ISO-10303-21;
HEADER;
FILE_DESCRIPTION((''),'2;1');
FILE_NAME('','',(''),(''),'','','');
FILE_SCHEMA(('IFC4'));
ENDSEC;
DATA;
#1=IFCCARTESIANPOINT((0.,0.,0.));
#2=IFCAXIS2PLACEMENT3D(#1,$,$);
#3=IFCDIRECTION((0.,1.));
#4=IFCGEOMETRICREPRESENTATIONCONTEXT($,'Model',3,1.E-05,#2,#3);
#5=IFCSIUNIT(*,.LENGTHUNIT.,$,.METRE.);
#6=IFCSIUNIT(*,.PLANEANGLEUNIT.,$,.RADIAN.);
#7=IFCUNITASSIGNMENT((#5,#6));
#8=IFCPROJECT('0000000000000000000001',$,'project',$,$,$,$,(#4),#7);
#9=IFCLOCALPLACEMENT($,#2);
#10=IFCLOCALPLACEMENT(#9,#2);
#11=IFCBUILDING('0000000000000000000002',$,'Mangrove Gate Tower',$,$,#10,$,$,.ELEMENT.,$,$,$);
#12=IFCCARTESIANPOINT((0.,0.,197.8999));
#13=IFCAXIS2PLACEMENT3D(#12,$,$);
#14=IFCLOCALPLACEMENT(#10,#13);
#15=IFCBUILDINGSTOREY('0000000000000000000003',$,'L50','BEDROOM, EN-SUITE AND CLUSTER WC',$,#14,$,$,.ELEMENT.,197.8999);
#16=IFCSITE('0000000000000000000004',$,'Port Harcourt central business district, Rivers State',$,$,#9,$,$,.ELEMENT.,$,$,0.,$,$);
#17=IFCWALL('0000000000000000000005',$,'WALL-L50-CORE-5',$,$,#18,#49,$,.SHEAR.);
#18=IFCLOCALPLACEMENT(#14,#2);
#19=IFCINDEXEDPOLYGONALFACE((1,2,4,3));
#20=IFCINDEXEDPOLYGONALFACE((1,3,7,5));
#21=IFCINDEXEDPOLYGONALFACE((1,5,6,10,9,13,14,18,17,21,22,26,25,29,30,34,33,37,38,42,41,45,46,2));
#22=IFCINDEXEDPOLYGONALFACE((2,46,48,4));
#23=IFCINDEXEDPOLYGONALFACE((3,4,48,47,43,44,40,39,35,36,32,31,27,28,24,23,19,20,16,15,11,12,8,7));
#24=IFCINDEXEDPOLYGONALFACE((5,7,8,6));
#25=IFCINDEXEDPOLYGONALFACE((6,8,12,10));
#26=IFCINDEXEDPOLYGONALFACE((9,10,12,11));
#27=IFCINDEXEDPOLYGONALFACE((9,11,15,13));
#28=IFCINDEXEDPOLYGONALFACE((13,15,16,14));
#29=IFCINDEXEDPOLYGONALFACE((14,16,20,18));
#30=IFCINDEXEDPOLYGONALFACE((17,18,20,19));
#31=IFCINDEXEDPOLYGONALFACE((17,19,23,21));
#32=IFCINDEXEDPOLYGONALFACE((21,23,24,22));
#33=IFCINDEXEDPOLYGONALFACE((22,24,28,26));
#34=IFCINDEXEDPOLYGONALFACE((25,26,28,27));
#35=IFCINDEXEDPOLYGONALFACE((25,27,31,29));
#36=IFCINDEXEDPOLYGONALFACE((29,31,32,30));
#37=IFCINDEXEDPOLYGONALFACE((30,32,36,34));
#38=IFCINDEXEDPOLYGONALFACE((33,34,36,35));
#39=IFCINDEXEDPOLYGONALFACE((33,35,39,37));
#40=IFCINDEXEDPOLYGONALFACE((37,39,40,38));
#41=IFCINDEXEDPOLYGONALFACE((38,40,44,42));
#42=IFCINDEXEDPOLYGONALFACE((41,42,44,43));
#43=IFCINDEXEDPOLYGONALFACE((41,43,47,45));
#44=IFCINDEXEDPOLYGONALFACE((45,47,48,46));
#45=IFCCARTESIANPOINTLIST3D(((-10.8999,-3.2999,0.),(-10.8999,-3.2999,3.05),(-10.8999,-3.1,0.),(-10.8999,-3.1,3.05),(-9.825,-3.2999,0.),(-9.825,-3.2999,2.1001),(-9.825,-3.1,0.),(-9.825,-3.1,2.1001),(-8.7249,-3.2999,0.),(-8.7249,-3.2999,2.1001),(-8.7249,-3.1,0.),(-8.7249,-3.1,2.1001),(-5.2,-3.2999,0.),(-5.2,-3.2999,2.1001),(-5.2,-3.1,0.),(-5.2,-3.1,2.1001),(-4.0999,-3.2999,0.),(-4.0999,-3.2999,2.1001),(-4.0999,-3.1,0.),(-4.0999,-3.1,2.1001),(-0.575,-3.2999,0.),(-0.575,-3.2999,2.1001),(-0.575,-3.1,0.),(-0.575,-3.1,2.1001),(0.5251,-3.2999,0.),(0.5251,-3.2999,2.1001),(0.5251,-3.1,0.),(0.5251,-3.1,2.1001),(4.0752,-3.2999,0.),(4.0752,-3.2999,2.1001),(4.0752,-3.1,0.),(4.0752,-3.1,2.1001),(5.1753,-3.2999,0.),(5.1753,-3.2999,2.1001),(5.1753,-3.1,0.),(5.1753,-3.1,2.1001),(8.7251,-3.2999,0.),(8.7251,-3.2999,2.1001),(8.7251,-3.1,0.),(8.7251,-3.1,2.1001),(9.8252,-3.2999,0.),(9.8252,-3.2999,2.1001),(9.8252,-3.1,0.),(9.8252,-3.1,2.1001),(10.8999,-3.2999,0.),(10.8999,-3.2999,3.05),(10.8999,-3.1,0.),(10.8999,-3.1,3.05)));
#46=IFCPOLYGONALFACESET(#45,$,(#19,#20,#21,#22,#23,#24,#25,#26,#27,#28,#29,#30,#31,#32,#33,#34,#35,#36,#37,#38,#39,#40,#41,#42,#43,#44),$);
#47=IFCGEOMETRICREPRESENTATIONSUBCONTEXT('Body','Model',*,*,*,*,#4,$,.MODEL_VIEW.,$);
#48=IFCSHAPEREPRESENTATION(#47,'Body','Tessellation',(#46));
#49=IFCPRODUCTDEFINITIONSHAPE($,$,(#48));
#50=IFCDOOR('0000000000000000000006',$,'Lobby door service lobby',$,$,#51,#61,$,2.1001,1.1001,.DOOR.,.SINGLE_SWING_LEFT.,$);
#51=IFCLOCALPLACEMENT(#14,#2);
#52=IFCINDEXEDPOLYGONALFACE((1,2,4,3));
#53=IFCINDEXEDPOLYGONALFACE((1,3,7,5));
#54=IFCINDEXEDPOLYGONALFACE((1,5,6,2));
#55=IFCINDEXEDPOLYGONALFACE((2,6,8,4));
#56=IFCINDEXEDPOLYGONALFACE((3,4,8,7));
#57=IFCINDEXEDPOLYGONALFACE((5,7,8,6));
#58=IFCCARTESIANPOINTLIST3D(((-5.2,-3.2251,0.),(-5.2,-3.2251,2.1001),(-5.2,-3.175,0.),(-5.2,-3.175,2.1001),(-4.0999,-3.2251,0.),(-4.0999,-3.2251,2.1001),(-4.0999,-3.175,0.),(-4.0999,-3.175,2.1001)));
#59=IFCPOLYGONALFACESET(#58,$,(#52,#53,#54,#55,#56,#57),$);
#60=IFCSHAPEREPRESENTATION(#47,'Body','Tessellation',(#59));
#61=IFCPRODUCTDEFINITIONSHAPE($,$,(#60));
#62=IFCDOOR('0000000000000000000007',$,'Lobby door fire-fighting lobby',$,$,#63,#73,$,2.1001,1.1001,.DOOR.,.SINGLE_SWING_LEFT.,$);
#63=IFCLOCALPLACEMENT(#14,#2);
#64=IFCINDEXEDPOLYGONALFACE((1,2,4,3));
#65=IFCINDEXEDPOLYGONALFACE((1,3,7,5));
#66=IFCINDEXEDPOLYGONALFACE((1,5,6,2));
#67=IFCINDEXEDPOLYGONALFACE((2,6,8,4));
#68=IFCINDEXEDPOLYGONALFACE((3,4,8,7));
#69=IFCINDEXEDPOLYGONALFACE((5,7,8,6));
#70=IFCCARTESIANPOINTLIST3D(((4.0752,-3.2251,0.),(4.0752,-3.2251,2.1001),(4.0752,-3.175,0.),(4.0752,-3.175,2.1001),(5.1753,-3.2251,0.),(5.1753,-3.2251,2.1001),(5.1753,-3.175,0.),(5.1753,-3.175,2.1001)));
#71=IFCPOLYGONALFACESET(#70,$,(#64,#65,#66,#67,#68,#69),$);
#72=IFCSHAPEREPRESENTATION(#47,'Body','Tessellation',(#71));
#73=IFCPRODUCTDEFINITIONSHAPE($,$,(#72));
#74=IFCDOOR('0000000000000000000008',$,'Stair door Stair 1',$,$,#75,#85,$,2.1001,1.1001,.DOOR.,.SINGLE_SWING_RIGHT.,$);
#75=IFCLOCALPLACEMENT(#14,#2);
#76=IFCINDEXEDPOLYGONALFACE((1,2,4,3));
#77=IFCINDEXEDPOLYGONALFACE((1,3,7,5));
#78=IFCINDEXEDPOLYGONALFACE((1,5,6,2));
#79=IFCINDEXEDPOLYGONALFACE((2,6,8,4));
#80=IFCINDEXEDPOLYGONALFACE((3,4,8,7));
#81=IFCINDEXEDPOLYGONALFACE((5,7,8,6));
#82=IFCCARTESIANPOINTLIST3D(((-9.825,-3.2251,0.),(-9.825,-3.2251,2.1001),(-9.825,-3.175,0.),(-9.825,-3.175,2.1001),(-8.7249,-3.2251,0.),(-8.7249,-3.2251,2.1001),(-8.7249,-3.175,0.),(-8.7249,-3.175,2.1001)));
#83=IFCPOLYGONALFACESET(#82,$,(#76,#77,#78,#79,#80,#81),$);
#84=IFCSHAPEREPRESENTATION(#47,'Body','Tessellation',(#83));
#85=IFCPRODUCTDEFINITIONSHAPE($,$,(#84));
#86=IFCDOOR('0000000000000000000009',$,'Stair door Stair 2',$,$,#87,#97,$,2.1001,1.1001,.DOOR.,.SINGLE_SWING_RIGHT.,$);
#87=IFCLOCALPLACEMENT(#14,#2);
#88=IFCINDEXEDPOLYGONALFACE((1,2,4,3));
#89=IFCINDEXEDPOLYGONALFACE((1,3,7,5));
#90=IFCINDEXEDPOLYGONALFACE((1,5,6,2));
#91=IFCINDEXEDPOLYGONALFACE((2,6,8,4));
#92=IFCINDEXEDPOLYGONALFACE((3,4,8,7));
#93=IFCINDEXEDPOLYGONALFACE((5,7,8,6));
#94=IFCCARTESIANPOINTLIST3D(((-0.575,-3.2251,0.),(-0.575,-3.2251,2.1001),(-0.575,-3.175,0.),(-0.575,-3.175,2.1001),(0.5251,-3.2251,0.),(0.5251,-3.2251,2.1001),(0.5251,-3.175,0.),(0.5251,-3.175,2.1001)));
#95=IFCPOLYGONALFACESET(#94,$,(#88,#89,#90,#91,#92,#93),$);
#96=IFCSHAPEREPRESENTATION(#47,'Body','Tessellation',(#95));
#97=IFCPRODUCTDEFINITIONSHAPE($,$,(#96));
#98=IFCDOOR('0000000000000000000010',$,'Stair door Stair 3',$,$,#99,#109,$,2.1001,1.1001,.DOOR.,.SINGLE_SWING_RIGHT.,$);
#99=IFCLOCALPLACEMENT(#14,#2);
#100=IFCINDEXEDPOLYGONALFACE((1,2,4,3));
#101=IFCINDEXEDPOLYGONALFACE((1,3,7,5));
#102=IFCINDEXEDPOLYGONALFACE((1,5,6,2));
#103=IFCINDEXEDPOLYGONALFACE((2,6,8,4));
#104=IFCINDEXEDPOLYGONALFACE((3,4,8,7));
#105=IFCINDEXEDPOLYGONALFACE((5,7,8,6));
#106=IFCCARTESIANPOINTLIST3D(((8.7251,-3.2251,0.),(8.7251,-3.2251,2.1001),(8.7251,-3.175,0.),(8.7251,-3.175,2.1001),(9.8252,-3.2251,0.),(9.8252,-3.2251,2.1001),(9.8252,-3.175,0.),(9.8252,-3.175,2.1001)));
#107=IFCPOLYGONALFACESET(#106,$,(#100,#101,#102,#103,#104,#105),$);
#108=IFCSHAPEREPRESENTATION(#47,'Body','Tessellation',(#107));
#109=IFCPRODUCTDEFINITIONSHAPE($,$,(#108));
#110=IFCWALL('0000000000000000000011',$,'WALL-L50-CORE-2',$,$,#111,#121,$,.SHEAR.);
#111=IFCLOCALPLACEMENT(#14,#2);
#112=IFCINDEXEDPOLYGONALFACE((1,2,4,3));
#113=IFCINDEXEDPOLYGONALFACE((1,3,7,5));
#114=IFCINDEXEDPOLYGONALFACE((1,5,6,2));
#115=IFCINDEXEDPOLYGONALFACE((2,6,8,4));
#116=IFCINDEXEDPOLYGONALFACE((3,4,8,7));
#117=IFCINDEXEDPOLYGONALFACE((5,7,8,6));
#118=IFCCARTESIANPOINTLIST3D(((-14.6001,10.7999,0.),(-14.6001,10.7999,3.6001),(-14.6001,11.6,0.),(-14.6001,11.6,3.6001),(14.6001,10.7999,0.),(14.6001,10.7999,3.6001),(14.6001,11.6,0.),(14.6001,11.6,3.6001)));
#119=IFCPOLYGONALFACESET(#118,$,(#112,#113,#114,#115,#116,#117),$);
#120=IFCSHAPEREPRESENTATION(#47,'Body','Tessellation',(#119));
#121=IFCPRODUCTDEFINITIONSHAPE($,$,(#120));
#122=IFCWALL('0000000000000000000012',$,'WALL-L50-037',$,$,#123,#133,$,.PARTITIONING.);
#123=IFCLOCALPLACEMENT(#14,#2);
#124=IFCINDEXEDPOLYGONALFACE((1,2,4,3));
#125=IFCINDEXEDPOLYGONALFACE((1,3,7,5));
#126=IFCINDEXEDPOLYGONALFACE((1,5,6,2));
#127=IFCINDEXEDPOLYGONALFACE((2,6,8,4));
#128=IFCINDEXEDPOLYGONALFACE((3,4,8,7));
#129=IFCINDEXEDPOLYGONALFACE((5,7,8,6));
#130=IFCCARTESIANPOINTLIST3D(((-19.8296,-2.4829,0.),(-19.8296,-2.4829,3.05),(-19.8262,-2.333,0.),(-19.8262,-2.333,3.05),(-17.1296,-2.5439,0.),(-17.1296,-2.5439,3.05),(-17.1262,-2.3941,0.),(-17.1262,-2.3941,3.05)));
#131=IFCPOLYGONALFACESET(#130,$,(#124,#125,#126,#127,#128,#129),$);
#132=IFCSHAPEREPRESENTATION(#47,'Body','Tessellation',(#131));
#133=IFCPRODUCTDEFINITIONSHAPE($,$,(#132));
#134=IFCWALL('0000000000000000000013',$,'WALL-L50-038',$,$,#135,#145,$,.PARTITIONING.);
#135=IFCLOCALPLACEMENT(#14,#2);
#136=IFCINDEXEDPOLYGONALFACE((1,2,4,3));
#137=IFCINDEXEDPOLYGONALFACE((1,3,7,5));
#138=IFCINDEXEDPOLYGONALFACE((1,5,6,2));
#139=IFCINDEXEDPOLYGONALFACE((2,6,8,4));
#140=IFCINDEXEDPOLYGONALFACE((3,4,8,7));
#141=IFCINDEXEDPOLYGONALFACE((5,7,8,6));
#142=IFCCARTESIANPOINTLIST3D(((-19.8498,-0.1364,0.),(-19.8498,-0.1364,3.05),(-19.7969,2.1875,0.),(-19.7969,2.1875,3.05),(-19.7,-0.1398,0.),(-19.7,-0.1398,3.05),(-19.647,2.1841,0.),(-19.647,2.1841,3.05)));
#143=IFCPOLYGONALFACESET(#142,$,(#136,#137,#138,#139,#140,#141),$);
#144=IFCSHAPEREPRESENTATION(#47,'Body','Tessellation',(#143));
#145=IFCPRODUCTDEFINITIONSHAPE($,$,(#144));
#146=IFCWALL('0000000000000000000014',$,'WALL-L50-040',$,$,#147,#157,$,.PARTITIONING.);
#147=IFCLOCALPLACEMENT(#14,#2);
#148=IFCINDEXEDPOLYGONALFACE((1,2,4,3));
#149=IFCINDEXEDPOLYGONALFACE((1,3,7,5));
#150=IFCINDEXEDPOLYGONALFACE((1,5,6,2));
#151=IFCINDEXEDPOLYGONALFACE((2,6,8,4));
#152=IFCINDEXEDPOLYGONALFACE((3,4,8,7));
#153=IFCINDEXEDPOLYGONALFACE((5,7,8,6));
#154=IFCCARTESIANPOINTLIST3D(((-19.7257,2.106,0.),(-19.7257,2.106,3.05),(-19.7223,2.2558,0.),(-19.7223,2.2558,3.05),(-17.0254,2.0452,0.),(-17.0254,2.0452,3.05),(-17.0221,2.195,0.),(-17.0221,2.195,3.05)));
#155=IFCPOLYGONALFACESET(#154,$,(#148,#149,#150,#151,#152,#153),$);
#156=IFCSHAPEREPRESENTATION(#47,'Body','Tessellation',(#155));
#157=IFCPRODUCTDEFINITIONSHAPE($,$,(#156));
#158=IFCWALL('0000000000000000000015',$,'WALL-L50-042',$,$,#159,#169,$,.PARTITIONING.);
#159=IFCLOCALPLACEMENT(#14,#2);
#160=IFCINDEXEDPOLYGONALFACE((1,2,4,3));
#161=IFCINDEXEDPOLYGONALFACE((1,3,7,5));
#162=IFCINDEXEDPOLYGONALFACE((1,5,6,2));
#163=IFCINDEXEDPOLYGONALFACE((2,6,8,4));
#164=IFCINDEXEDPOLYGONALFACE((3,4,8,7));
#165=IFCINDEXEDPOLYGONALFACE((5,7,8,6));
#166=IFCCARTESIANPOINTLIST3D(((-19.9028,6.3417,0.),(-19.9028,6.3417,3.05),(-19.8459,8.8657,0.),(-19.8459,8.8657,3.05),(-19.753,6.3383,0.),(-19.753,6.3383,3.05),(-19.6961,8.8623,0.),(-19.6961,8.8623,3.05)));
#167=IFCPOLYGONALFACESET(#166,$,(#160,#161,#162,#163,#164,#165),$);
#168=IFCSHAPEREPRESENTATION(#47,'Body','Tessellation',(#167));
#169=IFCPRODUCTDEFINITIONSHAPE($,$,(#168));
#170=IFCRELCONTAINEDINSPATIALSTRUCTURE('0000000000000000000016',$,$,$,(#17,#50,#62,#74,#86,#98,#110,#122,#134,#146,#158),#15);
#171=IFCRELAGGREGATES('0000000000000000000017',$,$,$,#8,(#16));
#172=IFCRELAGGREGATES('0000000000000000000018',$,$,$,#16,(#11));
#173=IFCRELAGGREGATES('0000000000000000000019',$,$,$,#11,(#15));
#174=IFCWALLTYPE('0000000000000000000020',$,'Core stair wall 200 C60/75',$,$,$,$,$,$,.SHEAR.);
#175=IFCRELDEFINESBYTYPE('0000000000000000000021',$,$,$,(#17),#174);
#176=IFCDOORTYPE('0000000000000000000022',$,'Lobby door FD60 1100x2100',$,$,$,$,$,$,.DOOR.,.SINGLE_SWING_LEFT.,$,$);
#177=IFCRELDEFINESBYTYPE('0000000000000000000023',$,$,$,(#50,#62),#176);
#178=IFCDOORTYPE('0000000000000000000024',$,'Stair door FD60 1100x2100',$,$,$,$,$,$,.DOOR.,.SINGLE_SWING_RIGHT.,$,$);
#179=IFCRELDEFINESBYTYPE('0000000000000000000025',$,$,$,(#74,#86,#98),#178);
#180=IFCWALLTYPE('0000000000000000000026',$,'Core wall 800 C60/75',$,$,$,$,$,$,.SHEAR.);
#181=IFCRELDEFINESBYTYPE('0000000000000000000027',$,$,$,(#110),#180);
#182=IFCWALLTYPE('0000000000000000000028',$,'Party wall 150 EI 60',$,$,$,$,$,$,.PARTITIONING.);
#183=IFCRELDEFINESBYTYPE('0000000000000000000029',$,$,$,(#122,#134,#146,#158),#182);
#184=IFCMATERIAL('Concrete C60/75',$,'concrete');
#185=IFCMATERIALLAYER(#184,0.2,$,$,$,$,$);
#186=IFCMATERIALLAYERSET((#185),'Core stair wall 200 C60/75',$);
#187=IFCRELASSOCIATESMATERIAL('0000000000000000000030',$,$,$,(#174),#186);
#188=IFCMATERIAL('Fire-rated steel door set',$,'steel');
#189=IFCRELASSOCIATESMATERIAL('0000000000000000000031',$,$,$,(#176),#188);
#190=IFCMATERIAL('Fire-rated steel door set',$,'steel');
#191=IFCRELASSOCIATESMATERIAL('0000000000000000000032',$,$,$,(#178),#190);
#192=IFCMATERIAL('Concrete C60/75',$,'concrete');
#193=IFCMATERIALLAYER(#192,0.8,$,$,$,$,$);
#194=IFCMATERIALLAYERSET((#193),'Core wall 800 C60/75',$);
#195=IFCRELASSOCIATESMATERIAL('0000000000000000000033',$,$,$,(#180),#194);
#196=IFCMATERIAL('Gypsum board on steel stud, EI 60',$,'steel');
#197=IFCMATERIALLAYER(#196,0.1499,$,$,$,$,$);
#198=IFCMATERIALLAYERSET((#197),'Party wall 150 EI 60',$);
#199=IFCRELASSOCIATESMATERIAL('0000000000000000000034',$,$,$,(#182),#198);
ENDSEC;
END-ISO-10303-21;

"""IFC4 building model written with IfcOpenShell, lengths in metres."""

from ifc_helpers import new_model, si_unit, direction, frame, frame_2d, origin, place, context, subcontext, project, spatial, rectangle, extrude, material, layer, layer_set, type_object, element, fill, save


model = new_model("IFC4")

# Units and contexts
model_context = context("Model", 3, precision=1e-05, world=origin(), true_north=direction((0.0, 1.0)))
body_context = subcontext(model_context, "Body", "Model", "MODEL_VIEW")
ifc_project = project(units=[si_unit("LENGTHUNIT", "METRE"), si_unit("PLANEANGLEUNIT", "RADIAN")], contexts=[model_context])

# Site, building, storey
site_placement = place(None, origin())
site = spatial("IfcSite", under=ifc_project, at=site_placement, Name="Port Harcourt central business district, Rivers State", CompositionType="ELEMENT", RefElevation=0.0)
building_placement = place(site_placement, origin())
building = spatial("IfcBuilding", under=site, at=building_placement, Name="Mangrove Gate Tower", CompositionType="ELEMENT")
storey_placement = place(building_placement, frame((0.0, 0.0, 197.8999)))
storey = spatial("IfcBuildingStorey", under=building, at=storey_placement, Name="L50", Description="BEDROOM, EN-SUITE AND CLUSTER WC", CompositionType="ELEMENT", Elevation=197.8999)

# Wall, openings, doors
ifc_material_1 = material(Name="Concrete C60/75", Category="concrete")
ifc_layer_1 = layer(ifc_material_1, 0.2)
ifc_layer_set_1 = layer_set([ifc_layer_1], Name="Core stair wall 200 C60/75")
wall_type_1 = type_object("IfcWallType", Name="Core stair wall 200 C60/75", PredefinedType="SHEAR", material=ifc_layer_set_1)
wall_1_placement = place(storey_placement, frame((-10.8999, -3.2, 0.0), z_axis=(0.0, 0.0, 1.0), x_axis=(1.0, 0.0, 0.0)))
wall_1 = element("IfcWall", 1, at=wall_1_placement, inside=storey, type_object=wall_type_1, Name="WALL-L50-CORE-5", PredefinedType="SHEAR", context=body_context, shape_type="SweptSolid", body=[
    extrude(rectangle(XDim=21.7998, YDim=0.2, at=frame_2d((10.8999, 0.0))), origin(), (0.0, 0.0, 1.0), 3.05),
])
opening_1_placement = place(wall_1_placement, frame((1.075, 0.0, 0.0)))
opening_1 = element("IfcOpeningElement", 2, at=opening_1_placement, cuts=wall_1, PredefinedType="OPENING", context=body_context, shape_type="SweptSolid", body=[
    extrude(rectangle(XDim=1.1001, YDim=2.1001, at=frame_2d((0.55, 1.05))), frame((0.0, 0.1099, 0.0), z_axis=(0.0, -1.0, 0.0), x_axis=(1.0, 0.0, 0.0)), (0.0, 0.0, 1.0), 0.22),
])
opening_2_placement = place(wall_1_placement, frame((10.325, 0.0, 0.0)))
opening_2 = element("IfcOpeningElement", 3, at=opening_2_placement, cuts=wall_1, PredefinedType="OPENING", context=body_context, shape_type="SweptSolid", body=[
    extrude(rectangle(XDim=1.1001, YDim=2.1001, at=frame_2d((0.55, 1.05))), frame((0.0, 0.1099, 0.0), z_axis=(0.0, -1.0, 0.0), x_axis=(1.0, 0.0, 0.0)), (0.0, 0.0, 1.0), 0.22),
])
opening_3_placement = place(wall_1_placement, frame((19.625, 0.0, 0.0)))
opening_3 = element("IfcOpeningElement", 4, at=opening_3_placement, cuts=wall_1, PredefinedType="OPENING", context=body_context, shape_type="SweptSolid", body=[
    extrude(rectangle(XDim=1.1001, YDim=2.1001, at=frame_2d((0.55, 1.05))), frame((0.0, 0.1099, 0.0), z_axis=(0.0, -1.0, 0.0), x_axis=(1.0, 0.0, 0.0)), (0.0, 0.0, 1.0), 0.22),
])
opening_4_placement = place(wall_1_placement, frame((5.7, 0.0, 0.0)))
opening_4 = element("IfcOpeningElement", 5, at=opening_4_placement, cuts=wall_1, PredefinedType="OPENING", context=body_context, shape_type="SweptSolid", body=[
    extrude(rectangle(XDim=1.1001, YDim=2.1001, at=frame_2d((0.55, 1.05))), frame((0.0, 0.1099, 0.0), z_axis=(0.0, -1.0, 0.0), x_axis=(1.0, 0.0, 0.0)), (0.0, 0.0, 1.0), 0.22),
])
opening_5_placement = place(wall_1_placement, frame((14.9751, 0.0, 0.0)))
opening_5 = element("IfcOpeningElement", 6, at=opening_5_placement, cuts=wall_1, PredefinedType="OPENING", context=body_context, shape_type="SweptSolid", body=[
    extrude(rectangle(XDim=1.1001, YDim=2.1001, at=frame_2d((0.55, 1.05))), frame((0.0, 0.1099, 0.0), z_axis=(0.0, -1.0, 0.0), x_axis=(1.0, 0.0, 0.0)), (0.0, 0.0, 1.0), 0.22),
])
ifc_material_2 = material(Name="Fire-rated steel door set", Category="steel")
door_type_1 = type_object("IfcDoorType", Name="Lobby door FD60 1100x2100", OperationType="SINGLE_SWING_LEFT", PredefinedType="DOOR", material=ifc_material_2)
door_1_placement = place(opening_4_placement, origin())
door_1 = element("IfcDoor", 7, at=door_1_placement, inside=storey, type_object=door_type_1, Name="Lobby door service lobby", OperationType="SINGLE_SWING_LEFT", OverallHeight=2.1001, OverallWidth=1.1001, PredefinedType="DOOR", context=body_context, shape_type="SweptSolid", body=[
    extrude(rectangle(XDim=1.1001, YDim=2.1001, at=frame_2d((0.55, 1.05))), frame((0.0, 0.0249, 0.0), z_axis=(0.0, -1.0, 0.0), x_axis=(1.0, 0.0, 0.0)), (0.0, 0.0, 1.0), 0.05),
])
fill(opening_4, door_1)
door_2_placement = place(opening_5_placement, origin())
door_2 = element("IfcDoor", 8, at=door_2_placement, inside=storey, type_object=door_type_1, Name="Lobby door fire-fighting lobby", OperationType="SINGLE_SWING_LEFT", OverallHeight=2.1001, OverallWidth=1.1001, PredefinedType="DOOR", context=body_context, shape_type="SweptSolid", body=[
    extrude(rectangle(XDim=1.1001, YDim=2.1001, at=frame_2d((0.55, 1.05))), frame((0.0, 0.0249, 0.0), z_axis=(0.0, -1.0, 0.0), x_axis=(1.0, 0.0, 0.0)), (0.0, 0.0, 1.0), 0.05),
])
fill(opening_5, door_2)
ifc_material_3 = material(Name="Fire-rated steel door set", Category="steel")
door_type_2 = type_object("IfcDoorType", Name="Stair door FD60 1100x2100", OperationType="SINGLE_SWING_RIGHT", PredefinedType="DOOR", material=ifc_material_3)
door_3_placement = place(opening_1_placement, origin())
door_3 = element("IfcDoor", 9, at=door_3_placement, inside=storey, type_object=door_type_2, Name="Stair door Stair 1", OperationType="SINGLE_SWING_RIGHT", OverallHeight=2.1001, OverallWidth=1.1001, PredefinedType="DOOR", context=body_context, shape_type="SweptSolid", body=[
    extrude(rectangle(XDim=1.1001, YDim=2.1001, at=frame_2d((0.55, 1.05))), frame((0.0, 0.0249, 0.0), z_axis=(0.0, -1.0, 0.0), x_axis=(1.0, 0.0, 0.0)), (0.0, 0.0, 1.0), 0.05),
])
fill(opening_1, door_3)
door_4_placement = place(opening_2_placement, origin())
door_4 = element("IfcDoor", 10, at=door_4_placement, inside=storey, type_object=door_type_2, Name="Stair door Stair 2", OperationType="SINGLE_SWING_RIGHT", OverallHeight=2.1001, OverallWidth=1.1001, PredefinedType="DOOR", context=body_context, shape_type="SweptSolid", body=[
    extrude(rectangle(XDim=1.1001, YDim=2.1001, at=frame_2d((0.55, 1.05))), frame((0.0, 0.0249, 0.0), z_axis=(0.0, -1.0, 0.0), x_axis=(1.0, 0.0, 0.0)), (0.0, 0.0, 1.0), 0.05),
])
fill(opening_2, door_4)
door_5_placement = place(opening_3_placement, origin())
door_5 = element("IfcDoor", 11, at=door_5_placement, inside=storey, type_object=door_type_2, Name="Stair door Stair 3", OperationType="SINGLE_SWING_RIGHT", OverallHeight=2.1001, OverallWidth=1.1001, PredefinedType="DOOR", context=body_context, shape_type="SweptSolid", body=[
    extrude(rectangle(XDim=1.1001, YDim=2.1001, at=frame_2d((0.55, 1.05))), frame((0.0, 0.0249, 0.0), z_axis=(0.0, -1.0, 0.0), x_axis=(1.0, 0.0, 0.0)), (0.0, 0.0, 1.0), 0.05),
])
fill(opening_3, door_5)

# Walls
ifc_material_4 = material(Name="Concrete C60/75", Category="concrete")
ifc_layer_2 = layer(ifc_material_4, 0.8)
ifc_layer_set_2 = layer_set([ifc_layer_2], Name="Core wall 800 C60/75")
wall_type_2 = type_object("IfcWallType", Name="Core wall 800 C60/75", PredefinedType="SHEAR", material=ifc_layer_set_2)
wall_2_placement = place(storey_placement, frame((-14.6001, 11.2, 0.0), z_axis=(0.0, 0.0, 1.0), x_axis=(1.0, 0.0, 0.0)))
element("IfcWall", 12, at=wall_2_placement, inside=storey, type_object=wall_type_2, Name="WALL-L50-CORE-2", PredefinedType="SHEAR", context=body_context, shape_type="SweptSolid", body=[
    extrude(rectangle(XDim=29.2002, YDim=0.8, at=frame_2d((14.6001, 0.0))), origin(), (0.0, 0.0, 1.0), 3.6001),
])
ifc_material_5 = material(Name="Gypsum board on steel stud, EI 60", Category="steel")
ifc_layer_3 = layer(ifc_material_5, 0.1499)
ifc_layer_set_3 = layer_set([ifc_layer_3], Name="Party wall 150 EI 60")
wall_type_3 = type_object("IfcWallType", Name="Party wall 150 EI 60", PredefinedType="PARTITIONING", material=ifc_layer_set_3)
wall_3_placement = place(storey_placement, frame((-19.8279, -2.408, 0.0), z_axis=(0.0, 0.0, 1.0), x_axis=(0.999745, -0.0226, 0.0)))
element("IfcWall", 13, at=wall_3_placement, inside=storey, type_object=wall_type_3, Name="WALL-L50-037", PredefinedType="PARTITIONING", context=body_context, shape_type="SweptSolid", body=[
    extrude(rectangle(XDim=2.7007, YDim=0.1499, at=frame_2d((1.3503, 0.0))), origin(), (0.0, 0.0, 1.0), 3.05),
])
wall_4_placement = place(storey_placement, frame((-19.7749, -0.1379, 0.0), z_axis=(0.0, 0.0, 1.0), x_axis=(0.022791, 0.99974, 0.0)))
element("IfcWall", 14, at=wall_4_placement, inside=storey, type_object=wall_type_3, Name="WALL-L50-038", PredefinedType="PARTITIONING", context=body_context, shape_type="SweptSolid", body=[
    extrude(rectangle(XDim=2.3245, YDim=0.1499, at=frame_2d((1.1621, 0.0))), origin(), (0.0, 0.0, 1.0), 3.05),
])
wall_5_placement = place(storey_placement, frame((-19.7241, 2.1809, 0.0), z_axis=(0.0, 0.0, 1.0), x_axis=(0.999747, -0.022508, 0.0)))
element("IfcWall", 15, at=wall_5_placement, inside=storey, type_object=wall_type_3, Name="WALL-L50-040", PredefinedType="PARTITIONING", context=body_context, shape_type="SweptSolid", body=[
    extrude(rectangle(XDim=2.7009, YDim=0.1499, at=frame_2d((1.3506, 0.0))), origin(), (0.0, 0.0, 1.0), 3.05),
])
wall_6_placement = place(storey_placement, frame((-19.8279, 6.3401, 0.0), z_axis=(0.0, 0.0, 1.0), x_axis=(0.022532, 0.999746, 0.0)))
element("IfcWall", 16, at=wall_6_placement, inside=storey, type_object=wall_type_3, Name="WALL-L50-042", PredefinedType="PARTITIONING", context=body_context, shape_type="SweptSolid", body=[
    extrude(rectangle(XDim=2.5247, YDim=0.1499, at=frame_2d((1.2622, 0.0))), origin(), (0.0, 0.0, 1.0), 3.05),
])

save(model, "model.ifc")
